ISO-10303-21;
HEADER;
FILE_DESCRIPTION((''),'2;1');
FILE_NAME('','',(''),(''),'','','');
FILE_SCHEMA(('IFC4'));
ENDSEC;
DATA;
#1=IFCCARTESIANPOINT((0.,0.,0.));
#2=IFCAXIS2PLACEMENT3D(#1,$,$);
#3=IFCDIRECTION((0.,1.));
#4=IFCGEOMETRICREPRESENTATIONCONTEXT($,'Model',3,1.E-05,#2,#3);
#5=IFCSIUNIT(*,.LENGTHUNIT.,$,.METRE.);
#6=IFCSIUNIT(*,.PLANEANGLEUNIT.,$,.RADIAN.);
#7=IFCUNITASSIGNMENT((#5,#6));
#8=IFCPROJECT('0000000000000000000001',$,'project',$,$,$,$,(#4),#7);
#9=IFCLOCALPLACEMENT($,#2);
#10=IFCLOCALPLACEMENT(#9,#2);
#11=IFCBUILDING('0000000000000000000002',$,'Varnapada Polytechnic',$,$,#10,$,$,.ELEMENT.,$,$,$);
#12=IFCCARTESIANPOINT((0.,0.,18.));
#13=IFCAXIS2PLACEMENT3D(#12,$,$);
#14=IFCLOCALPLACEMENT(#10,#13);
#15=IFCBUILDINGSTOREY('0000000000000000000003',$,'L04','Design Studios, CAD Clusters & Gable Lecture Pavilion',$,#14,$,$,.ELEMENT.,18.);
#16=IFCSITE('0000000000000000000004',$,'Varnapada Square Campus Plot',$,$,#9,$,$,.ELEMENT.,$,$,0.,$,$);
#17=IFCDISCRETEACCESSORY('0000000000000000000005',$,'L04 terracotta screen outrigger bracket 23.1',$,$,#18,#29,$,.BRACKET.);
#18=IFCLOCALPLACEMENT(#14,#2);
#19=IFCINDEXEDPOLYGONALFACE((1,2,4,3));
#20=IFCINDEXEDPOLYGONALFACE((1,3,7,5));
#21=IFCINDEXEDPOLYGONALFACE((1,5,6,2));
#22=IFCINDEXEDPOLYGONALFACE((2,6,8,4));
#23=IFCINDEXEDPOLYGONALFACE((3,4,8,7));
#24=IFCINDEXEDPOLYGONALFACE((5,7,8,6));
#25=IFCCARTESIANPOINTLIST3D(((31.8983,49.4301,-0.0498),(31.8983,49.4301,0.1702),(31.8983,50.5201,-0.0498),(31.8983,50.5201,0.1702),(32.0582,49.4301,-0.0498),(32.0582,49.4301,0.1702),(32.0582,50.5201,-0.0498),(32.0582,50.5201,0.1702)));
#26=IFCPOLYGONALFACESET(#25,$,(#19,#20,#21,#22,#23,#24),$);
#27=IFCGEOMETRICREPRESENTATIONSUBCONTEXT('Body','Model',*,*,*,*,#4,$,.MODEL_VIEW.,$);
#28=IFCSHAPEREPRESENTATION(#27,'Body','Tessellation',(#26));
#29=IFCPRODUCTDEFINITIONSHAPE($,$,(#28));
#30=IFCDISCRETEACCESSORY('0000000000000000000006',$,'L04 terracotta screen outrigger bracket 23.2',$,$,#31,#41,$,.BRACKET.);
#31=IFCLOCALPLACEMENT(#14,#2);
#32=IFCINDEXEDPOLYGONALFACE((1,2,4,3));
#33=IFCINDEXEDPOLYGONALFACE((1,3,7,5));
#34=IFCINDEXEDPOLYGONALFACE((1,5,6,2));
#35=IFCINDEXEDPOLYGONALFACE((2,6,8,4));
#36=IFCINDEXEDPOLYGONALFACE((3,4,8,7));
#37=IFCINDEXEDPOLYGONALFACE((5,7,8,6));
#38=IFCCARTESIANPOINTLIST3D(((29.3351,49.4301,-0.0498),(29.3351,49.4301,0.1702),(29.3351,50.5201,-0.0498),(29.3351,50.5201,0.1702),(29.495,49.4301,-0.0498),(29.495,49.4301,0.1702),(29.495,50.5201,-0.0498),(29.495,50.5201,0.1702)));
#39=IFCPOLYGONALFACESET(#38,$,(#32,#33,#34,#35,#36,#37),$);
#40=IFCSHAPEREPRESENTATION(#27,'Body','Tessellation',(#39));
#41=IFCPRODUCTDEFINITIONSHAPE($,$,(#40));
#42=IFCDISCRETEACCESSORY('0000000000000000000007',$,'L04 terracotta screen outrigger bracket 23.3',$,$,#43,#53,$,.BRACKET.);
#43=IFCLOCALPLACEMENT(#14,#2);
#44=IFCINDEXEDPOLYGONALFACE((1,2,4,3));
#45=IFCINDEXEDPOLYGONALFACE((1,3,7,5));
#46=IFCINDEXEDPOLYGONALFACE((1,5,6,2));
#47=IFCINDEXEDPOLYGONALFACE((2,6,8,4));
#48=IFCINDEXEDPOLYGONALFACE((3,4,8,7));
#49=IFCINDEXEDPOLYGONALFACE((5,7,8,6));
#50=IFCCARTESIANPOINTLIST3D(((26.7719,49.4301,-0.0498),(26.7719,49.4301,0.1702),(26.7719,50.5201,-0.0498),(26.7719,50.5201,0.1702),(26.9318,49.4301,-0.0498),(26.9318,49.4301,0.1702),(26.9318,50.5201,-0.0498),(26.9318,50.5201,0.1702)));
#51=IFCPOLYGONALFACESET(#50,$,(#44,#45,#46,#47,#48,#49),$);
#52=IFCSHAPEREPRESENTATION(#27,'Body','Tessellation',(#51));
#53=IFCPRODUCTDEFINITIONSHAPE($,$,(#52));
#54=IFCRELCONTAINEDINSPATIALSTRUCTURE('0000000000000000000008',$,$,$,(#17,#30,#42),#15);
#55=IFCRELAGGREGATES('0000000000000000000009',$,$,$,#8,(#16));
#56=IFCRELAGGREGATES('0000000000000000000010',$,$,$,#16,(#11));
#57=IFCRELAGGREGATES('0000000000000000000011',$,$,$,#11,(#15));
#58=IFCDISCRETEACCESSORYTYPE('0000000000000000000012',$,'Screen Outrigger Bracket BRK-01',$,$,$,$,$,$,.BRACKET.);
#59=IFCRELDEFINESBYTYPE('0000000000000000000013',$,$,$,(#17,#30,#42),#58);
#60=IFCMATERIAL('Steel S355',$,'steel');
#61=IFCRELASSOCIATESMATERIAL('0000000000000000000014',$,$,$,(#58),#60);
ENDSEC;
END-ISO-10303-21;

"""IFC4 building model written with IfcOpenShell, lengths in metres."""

from ifc_helpers import new_model, si_unit, direction, frame, origin, origin_2d, place, context, subcontext, project, spatial, rectangle, extrude, material, type_object, element, save


model = new_model("IFC4")

# Units and contexts
model_context = context("Model", 3, precision=1e-05, world=origin(), true_north=direction((0.0, 1.0)))
body_context = subcontext(model_context, "Body", "Model", "MODEL_VIEW")
ifc_project = project(units=[si_unit("LENGTHUNIT", "METRE"), si_unit("PLANEANGLEUNIT", "RADIAN")], contexts=[model_context])

# Site, building, storey
site_placement = place(None, origin())
site = spatial("IfcSite", under=ifc_project, at=site_placement, Name="Varnapada Square Campus Plot", CompositionType="ELEMENT", RefElevation=0.0)
building_placement = place(site_placement, origin())
building = spatial("IfcBuilding", under=site, at=building_placement, Name="Varnapada Polytechnic", CompositionType="ELEMENT")
storey_placement = place(building_placement, frame((0.0, 0.0, 18.0)))
storey = spatial("IfcBuildingStorey", under=building, at=storey_placement, Name="L04", Description="Design Studios, CAD Clusters & Gable Lecture Pavilion", CompositionType="ELEMENT", Elevation=18.0)

# Discrete accessories
ifc_material_1 = material(Name="Steel S355", Category="steel")
discrete_accessory_type = type_object("IfcDiscreteAccessoryType", Name="Screen Outrigger Bracket BRK-01", PredefinedType="BRACKET", material=ifc_material_1)
for number, where, z_axis, x_axis, name in (
    (1, (31.9783, 49.9751, -0.0498), (0.0, 0.0, 1.0), (-1.0, 0.0, 0.0), "L04 terracotta screen outrigger bracket 23.1"),
    (2, (29.415, 49.9751, -0.0498), (0.0, 0.0, 1.0), (-1.0, 0.0, 0.0), "L04 terracotta screen outrigger bracket 23.2"),
    (3, (26.8518, 49.9751, -0.0498), (0.0, 0.0, 1.0), (-1.0, 0.0, 0.0), "L04 terracotta screen outrigger bracket 23.3"),
):
    element("IfcDiscreteAccessory", number, at=place(storey_placement, frame(where, z_axis=z_axis, x_axis=x_axis)), inside=storey, type_object=discrete_accessory_type, Name=name, PredefinedType="BRACKET", context=body_context, shape_type="SweptSolid", body=[
        extrude(rectangle(XDim=0.1599, YDim=1.0901, at=origin_2d()), origin(), (0.0, 0.0, 1.0), 0.22),
    ])

save(model, "model.ifc")
